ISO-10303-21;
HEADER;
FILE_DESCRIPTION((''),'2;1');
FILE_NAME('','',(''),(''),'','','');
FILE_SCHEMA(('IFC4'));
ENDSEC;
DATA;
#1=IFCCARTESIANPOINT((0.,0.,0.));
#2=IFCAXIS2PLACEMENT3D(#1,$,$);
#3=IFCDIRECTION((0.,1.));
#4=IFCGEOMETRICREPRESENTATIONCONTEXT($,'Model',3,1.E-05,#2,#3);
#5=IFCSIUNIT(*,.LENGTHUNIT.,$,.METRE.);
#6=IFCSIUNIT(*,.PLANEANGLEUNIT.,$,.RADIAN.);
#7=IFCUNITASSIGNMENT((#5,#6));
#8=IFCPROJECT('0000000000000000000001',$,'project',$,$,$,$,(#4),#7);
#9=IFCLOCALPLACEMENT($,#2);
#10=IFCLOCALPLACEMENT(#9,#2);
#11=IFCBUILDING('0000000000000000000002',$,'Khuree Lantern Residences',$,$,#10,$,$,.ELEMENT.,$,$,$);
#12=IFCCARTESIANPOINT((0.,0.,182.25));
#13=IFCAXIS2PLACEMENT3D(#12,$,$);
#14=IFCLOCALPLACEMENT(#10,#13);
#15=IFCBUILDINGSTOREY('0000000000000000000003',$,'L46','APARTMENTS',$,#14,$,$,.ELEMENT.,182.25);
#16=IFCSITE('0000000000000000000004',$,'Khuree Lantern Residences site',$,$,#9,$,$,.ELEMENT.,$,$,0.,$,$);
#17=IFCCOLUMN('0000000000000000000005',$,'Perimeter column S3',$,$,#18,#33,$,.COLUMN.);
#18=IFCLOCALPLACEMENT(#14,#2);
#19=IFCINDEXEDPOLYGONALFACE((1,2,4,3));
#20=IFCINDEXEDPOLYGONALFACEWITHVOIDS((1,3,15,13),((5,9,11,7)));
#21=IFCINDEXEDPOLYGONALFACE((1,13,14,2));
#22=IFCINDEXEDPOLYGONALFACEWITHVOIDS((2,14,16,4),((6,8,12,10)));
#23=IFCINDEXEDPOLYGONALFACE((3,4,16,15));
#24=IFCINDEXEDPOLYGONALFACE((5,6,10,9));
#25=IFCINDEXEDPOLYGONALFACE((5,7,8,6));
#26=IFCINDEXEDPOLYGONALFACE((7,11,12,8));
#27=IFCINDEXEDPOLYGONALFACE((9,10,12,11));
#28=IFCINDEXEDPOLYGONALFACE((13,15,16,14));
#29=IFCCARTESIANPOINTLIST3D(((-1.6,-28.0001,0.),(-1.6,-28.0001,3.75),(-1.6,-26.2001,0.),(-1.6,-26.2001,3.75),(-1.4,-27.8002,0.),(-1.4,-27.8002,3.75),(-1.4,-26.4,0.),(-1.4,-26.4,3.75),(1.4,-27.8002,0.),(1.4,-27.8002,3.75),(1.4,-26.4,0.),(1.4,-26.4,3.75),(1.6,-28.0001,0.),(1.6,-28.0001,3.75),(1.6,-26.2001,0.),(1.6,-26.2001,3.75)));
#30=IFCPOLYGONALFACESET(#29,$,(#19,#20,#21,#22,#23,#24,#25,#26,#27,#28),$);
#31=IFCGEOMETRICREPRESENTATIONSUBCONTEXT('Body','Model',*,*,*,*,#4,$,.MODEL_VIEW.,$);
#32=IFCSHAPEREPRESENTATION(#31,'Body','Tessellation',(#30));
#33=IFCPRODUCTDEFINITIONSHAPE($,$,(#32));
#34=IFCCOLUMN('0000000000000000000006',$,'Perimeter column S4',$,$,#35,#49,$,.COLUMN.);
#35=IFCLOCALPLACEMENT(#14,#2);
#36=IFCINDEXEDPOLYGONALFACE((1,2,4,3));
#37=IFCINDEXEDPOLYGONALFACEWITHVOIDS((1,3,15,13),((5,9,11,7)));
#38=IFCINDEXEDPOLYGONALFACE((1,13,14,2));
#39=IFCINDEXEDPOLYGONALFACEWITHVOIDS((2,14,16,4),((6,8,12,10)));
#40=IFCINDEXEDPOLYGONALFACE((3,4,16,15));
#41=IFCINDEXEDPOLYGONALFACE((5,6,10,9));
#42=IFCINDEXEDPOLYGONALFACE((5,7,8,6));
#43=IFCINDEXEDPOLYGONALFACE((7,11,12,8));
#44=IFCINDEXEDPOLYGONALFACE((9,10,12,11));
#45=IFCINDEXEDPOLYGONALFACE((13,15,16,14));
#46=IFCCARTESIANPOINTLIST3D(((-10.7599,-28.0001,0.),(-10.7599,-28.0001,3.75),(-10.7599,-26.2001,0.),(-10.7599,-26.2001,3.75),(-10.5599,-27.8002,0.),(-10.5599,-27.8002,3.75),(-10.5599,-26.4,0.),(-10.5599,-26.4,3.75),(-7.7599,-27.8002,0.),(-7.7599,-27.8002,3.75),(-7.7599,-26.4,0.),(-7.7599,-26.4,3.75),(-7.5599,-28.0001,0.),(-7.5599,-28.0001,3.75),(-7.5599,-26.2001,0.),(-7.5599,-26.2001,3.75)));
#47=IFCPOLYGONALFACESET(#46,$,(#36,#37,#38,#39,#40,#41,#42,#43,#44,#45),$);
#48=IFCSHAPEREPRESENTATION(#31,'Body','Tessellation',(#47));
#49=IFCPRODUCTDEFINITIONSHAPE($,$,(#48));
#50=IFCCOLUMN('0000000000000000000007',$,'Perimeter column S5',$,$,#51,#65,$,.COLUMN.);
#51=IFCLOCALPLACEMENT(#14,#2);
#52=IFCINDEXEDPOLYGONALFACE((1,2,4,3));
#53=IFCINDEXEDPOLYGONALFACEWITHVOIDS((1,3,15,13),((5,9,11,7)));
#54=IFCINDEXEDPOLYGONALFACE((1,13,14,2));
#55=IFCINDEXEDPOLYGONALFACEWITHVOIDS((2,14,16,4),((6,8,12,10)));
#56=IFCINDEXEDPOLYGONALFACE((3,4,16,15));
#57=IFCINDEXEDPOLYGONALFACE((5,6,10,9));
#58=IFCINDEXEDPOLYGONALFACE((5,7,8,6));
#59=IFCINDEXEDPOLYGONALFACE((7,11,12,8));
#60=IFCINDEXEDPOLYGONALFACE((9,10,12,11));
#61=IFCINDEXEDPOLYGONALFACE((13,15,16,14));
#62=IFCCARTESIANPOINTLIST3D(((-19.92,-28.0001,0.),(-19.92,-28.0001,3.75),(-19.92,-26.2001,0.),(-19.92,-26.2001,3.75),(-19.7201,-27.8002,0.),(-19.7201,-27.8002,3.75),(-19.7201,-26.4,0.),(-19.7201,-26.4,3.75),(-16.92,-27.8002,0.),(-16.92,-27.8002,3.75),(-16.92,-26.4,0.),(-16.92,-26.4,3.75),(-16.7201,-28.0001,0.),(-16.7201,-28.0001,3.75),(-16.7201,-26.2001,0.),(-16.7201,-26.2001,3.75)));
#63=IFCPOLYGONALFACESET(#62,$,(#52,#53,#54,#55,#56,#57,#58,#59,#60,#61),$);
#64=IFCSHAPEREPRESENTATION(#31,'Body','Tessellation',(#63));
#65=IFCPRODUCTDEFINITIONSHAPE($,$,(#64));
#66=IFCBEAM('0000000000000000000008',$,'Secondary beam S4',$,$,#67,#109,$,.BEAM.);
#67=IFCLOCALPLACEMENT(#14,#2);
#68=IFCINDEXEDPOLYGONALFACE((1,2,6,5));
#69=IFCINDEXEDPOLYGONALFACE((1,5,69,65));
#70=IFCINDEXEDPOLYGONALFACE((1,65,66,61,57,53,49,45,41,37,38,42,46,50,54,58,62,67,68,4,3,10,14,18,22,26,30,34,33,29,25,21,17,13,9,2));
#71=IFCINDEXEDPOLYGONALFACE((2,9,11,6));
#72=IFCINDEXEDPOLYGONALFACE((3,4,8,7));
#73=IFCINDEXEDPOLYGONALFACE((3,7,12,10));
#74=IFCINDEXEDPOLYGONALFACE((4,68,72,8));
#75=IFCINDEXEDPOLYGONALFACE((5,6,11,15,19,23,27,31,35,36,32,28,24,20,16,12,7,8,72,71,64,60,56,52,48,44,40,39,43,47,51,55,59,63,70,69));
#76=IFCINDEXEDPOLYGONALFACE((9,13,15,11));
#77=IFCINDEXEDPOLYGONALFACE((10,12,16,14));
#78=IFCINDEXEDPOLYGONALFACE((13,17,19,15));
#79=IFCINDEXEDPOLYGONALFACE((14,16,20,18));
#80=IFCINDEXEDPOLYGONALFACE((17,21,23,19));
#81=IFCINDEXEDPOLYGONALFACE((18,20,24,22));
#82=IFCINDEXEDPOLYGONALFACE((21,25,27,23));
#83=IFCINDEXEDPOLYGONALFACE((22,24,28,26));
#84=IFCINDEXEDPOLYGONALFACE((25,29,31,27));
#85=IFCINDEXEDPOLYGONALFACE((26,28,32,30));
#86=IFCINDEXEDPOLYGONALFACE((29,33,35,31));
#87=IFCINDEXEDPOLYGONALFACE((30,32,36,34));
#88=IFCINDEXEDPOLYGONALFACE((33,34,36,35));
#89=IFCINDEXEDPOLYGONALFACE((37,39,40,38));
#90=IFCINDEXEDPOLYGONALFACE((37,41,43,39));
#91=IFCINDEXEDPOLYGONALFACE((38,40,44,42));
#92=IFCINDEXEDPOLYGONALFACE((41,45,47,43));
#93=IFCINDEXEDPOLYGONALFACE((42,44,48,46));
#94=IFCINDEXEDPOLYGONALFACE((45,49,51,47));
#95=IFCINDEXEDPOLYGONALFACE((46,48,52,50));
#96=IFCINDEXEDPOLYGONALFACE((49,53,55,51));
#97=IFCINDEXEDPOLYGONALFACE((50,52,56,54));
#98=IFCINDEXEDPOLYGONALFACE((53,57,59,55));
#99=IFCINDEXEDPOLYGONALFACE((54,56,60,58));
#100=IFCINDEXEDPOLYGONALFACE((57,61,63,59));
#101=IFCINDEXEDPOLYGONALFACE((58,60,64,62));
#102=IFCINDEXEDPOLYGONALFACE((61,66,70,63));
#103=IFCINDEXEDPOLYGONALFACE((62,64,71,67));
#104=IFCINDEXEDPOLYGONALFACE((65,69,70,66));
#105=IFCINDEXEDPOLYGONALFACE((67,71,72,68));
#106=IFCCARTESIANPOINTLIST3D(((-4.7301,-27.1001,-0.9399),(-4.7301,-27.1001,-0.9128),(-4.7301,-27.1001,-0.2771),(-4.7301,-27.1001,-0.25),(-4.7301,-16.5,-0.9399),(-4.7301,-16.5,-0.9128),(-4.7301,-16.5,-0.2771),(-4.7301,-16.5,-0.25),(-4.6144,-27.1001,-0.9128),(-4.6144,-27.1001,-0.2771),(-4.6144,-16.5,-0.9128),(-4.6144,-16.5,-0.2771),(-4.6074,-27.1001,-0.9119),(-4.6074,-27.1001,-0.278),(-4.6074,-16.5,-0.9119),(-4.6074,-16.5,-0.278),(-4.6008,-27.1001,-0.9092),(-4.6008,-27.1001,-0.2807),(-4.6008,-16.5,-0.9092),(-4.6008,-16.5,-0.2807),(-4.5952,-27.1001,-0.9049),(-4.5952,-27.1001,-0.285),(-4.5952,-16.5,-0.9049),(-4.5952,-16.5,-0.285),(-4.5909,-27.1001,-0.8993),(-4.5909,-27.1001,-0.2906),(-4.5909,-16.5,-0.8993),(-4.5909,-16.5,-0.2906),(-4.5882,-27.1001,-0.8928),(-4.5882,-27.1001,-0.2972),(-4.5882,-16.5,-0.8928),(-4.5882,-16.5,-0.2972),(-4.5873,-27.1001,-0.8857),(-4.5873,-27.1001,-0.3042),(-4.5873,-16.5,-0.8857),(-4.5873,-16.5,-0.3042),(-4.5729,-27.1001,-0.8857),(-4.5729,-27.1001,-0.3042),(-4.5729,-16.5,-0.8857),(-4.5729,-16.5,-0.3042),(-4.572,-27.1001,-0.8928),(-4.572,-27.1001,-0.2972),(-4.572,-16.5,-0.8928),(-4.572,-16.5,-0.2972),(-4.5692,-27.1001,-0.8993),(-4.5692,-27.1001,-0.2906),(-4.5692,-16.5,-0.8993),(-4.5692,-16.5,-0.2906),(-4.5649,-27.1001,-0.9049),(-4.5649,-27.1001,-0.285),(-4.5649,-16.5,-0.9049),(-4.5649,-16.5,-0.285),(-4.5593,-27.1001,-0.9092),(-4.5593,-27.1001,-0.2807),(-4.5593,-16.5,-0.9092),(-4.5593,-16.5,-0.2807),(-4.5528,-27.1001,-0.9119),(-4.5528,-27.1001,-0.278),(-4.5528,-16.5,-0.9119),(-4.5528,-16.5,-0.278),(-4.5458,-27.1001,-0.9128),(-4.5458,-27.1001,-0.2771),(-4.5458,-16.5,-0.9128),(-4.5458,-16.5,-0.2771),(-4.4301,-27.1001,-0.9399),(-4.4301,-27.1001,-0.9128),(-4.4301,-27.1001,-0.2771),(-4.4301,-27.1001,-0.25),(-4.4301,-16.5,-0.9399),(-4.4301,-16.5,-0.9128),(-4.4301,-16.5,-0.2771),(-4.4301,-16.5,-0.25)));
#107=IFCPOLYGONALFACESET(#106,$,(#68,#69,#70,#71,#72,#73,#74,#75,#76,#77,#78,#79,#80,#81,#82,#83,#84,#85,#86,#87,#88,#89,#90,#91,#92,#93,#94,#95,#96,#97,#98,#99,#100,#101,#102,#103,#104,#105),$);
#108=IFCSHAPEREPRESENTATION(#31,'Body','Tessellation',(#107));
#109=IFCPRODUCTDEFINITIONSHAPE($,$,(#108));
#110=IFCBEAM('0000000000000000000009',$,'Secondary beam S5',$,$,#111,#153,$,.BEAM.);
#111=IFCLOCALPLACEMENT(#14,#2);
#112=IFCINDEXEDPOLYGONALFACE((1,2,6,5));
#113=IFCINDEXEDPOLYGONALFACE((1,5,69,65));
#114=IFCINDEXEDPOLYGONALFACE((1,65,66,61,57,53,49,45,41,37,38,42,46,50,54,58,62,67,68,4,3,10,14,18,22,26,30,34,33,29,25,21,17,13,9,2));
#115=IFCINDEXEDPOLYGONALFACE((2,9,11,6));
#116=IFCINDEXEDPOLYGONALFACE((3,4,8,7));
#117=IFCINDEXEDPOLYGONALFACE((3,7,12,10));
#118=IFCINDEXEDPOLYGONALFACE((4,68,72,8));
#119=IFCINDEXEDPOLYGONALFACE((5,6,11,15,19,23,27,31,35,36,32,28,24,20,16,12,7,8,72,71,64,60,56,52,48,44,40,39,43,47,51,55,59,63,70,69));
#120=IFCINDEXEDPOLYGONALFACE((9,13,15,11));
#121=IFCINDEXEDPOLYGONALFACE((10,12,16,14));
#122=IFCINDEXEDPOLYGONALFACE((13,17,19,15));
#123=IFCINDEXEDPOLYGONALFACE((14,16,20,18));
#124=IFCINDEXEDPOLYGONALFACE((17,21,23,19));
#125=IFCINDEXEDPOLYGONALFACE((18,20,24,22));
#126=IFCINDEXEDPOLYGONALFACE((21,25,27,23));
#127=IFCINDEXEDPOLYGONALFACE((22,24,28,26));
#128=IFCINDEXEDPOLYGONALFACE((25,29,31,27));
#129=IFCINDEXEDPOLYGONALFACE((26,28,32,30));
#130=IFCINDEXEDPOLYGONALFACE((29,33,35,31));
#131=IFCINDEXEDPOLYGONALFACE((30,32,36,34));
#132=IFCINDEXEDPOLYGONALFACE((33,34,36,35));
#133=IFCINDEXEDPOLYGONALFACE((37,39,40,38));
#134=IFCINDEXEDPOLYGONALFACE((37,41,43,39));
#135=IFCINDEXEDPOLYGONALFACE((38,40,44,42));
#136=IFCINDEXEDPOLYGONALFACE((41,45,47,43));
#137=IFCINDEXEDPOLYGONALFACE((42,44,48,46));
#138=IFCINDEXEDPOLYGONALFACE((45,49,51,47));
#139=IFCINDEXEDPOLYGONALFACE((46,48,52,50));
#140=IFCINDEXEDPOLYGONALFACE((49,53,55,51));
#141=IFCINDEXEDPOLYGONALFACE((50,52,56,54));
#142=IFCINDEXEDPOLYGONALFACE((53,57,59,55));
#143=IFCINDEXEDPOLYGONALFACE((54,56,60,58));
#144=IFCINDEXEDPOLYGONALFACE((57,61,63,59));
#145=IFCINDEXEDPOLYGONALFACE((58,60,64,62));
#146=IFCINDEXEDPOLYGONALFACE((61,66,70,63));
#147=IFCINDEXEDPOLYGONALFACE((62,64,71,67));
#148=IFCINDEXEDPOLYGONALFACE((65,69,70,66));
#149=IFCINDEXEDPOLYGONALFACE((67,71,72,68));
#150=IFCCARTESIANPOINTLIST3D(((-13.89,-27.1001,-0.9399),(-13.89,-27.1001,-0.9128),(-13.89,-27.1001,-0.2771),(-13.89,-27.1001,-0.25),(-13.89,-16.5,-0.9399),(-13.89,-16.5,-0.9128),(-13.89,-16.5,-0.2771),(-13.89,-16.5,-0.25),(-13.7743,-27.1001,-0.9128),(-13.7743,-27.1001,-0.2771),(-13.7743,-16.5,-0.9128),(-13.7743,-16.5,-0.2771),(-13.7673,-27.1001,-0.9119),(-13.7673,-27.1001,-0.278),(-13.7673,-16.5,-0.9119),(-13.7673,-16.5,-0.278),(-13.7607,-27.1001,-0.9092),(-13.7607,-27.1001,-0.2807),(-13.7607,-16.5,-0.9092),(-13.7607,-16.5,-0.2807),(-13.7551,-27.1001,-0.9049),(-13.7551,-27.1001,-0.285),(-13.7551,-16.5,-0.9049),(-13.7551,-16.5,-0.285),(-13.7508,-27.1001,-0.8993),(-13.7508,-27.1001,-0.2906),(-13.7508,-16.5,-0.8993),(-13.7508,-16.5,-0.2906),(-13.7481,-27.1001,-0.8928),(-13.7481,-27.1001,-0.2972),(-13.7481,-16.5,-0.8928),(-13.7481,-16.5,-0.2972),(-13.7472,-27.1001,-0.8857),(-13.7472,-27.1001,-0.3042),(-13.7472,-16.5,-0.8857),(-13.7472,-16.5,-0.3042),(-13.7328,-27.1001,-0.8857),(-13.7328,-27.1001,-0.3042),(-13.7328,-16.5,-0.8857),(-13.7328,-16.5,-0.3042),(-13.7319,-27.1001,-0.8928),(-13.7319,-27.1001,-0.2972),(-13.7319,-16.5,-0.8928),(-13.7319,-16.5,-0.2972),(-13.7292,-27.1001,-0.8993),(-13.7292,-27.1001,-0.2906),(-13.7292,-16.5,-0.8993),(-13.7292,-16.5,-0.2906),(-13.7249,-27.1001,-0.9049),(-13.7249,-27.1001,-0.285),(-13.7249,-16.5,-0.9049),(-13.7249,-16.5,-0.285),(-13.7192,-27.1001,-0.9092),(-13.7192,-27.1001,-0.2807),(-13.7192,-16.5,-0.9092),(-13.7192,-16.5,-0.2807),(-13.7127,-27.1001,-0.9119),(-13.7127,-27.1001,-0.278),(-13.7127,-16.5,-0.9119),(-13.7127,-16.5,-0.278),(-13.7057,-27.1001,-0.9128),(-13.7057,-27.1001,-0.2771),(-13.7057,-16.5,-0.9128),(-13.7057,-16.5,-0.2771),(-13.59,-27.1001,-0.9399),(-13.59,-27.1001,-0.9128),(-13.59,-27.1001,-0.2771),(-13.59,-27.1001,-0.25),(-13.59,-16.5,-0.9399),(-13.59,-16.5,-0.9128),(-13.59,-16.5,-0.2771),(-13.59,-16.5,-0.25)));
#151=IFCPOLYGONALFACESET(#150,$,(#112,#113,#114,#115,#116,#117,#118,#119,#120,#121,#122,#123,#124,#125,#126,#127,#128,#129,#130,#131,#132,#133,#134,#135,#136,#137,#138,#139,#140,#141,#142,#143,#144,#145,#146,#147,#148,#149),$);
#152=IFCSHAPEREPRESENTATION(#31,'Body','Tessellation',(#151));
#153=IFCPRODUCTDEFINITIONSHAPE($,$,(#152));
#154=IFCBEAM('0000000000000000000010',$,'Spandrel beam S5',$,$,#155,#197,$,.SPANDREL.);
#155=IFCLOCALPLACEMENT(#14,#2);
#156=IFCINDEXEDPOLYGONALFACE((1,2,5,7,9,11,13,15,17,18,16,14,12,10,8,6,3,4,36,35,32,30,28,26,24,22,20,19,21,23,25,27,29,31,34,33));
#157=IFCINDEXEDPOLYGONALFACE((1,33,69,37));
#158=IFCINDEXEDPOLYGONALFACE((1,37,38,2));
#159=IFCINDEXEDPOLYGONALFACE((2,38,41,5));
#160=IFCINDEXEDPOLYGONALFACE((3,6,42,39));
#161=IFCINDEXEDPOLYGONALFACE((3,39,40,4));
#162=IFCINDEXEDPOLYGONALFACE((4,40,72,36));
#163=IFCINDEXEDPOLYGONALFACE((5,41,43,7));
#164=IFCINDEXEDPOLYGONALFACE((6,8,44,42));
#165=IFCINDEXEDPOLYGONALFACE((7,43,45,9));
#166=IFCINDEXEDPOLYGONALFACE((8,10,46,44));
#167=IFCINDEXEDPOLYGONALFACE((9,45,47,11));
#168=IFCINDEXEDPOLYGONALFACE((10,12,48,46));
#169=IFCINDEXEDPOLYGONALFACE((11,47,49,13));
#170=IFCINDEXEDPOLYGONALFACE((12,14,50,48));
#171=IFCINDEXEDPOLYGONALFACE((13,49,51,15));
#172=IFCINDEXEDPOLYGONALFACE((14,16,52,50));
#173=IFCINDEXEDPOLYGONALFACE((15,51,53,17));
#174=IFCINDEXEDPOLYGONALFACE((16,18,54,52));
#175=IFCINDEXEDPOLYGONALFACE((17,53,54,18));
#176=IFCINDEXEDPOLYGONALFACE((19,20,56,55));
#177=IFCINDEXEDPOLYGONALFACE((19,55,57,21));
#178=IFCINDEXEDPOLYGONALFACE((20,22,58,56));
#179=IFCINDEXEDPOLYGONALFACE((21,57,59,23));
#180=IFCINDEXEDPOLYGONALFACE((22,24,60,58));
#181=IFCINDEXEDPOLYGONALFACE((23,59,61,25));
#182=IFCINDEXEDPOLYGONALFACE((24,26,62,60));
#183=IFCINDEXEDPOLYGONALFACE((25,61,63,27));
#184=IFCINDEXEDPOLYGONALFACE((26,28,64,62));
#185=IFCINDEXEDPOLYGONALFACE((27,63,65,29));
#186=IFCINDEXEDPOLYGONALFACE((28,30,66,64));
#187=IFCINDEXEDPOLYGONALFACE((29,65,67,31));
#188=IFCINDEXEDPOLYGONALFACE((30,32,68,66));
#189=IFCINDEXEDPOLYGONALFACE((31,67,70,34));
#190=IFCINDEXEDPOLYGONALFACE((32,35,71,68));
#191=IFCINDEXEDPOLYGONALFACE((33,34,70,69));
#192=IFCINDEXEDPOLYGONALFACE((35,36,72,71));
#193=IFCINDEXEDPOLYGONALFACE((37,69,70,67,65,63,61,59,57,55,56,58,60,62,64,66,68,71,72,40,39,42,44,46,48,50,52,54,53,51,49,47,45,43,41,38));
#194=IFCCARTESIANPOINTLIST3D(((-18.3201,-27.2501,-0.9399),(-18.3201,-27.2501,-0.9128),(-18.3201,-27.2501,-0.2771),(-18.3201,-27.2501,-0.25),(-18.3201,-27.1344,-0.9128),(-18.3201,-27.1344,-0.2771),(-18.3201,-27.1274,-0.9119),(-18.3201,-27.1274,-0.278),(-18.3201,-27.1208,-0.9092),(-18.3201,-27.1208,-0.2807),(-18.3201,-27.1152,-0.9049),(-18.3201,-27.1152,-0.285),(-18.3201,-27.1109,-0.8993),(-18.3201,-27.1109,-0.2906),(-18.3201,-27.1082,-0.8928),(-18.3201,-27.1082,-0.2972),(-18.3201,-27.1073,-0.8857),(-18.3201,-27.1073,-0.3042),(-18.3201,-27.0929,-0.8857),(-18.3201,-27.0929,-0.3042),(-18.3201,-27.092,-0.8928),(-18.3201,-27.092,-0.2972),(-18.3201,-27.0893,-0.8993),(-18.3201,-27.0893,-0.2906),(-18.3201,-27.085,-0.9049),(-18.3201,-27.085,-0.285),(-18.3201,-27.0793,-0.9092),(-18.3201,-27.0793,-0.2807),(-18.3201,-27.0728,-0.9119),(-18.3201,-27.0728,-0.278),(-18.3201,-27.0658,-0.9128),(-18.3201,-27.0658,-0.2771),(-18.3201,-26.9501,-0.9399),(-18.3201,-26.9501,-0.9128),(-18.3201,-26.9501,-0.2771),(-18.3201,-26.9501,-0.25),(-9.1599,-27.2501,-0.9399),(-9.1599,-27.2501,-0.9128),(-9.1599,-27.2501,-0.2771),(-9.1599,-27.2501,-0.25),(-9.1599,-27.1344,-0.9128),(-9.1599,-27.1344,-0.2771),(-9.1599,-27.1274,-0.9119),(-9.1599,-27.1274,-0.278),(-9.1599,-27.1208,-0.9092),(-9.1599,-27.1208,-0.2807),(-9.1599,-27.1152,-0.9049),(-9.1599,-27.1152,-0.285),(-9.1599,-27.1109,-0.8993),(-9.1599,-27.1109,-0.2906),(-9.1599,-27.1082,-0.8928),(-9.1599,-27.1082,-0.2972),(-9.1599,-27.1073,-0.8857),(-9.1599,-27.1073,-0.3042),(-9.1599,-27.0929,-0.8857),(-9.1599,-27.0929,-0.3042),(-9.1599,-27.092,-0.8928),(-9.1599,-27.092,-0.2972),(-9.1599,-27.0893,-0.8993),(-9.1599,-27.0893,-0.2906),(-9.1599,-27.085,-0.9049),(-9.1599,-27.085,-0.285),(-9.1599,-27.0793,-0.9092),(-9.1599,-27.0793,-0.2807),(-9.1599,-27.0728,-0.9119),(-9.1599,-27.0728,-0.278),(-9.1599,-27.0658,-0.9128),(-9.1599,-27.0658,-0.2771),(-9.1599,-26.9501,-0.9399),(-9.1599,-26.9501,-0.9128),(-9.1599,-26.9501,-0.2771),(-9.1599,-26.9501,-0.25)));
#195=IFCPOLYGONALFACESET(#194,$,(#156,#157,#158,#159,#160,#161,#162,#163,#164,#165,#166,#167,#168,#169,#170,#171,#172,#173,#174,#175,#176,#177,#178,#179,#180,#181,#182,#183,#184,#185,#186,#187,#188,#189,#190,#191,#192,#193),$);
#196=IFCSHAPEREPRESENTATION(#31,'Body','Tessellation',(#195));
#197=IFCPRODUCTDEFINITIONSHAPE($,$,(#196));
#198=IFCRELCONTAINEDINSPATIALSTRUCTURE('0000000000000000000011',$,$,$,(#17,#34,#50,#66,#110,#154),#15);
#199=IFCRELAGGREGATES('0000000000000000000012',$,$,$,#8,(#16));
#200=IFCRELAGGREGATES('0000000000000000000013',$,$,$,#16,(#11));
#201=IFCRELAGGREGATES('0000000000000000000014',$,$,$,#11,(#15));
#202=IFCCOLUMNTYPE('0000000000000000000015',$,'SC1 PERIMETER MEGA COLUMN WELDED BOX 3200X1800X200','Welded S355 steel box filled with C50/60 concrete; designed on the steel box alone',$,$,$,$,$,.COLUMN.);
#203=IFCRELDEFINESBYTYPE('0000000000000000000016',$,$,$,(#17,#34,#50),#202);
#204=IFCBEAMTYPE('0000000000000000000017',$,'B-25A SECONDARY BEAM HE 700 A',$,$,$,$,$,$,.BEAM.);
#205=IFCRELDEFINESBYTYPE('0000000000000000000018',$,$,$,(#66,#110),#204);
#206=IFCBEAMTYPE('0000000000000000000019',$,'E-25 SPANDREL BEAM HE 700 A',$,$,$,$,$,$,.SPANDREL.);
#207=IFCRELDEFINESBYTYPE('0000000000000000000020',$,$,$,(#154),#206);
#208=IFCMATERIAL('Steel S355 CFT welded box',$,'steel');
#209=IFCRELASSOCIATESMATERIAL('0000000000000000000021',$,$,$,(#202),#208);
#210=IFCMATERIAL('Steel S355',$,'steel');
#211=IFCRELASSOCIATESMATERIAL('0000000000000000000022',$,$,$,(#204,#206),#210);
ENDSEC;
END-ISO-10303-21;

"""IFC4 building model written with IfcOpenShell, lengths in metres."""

from ifc_helpers import new_model, si_unit, direction, frame, origin, origin_2d, place, context, subcontext, project, spatial, hollow_rectangle, i_section, extrude, material, material_profile, profile_set, type_object, element, save


model = new_model("IFC4")

# Units and contexts
model_context = context("Model", 3, precision=1e-05, world=origin(), true_north=direction((0.0, 1.0)))
body_context = subcontext(model_context, "Body", "Model", "MODEL_VIEW")
ifc_project = project(units=[si_unit("LENGTHUNIT", "METRE"), si_unit("PLANEANGLEUNIT", "RADIAN")], contexts=[model_context])

# Site, building, storey
site_placement = place(None, origin())
site = spatial("IfcSite", under=ifc_project, at=site_placement, Name="Khuree Lantern Residences site", CompositionType="ELEMENT", RefElevation=0.0)
building_placement = place(site_placement, origin())
building = spatial("IfcBuilding", under=site, at=building_placement, Name="Khuree Lantern Residences", CompositionType="ELEMENT")
storey_placement = place(building_placement, frame((0.0, 0.0, 182.25)))
storey = spatial("IfcBuildingStorey", under=building, at=storey_placement, Name="L46", Description="APARTMENTS", CompositionType="ELEMENT", Elevation=182.25)

# Columns
ifc_material_1 = material(Name="Steel S355 CFT welded box", Category="steel")
ifc_material_profile_1 = material_profile(ifc_material_1, hollow_rectangle(XDim=3.2, YDim=1.8, WallThickness=0.2, at=origin_2d()), Name="WELDED BOX 3200X1800X200")
ifc_profile_set_1 = profile_set([ifc_material_profile_1], Name="Steel S355 CFT welded box")
column_type = type_object("IfcColumnType", Name="SC1 PERIMETER MEGA COLUMN WELDED BOX 3200X1800X200", Description="Welded S355 steel box filled with C50/60 concrete; designed on the steel box alone", PredefinedType="COLUMN", material=ifc_profile_set_1)
for number, where, z_axis, x_axis, name in (
    (1, (0.0, -27.1001, 0.0), (0.0, 0.0, 1.0), (1.0, 0.0, 0.0), "Perimeter column S3"),
    (2, (-9.1599, -27.1001, 0.0), (0.0, 0.0, 1.0), (1.0, 0.0, 0.0), "Perimeter column S4"),
    (3, (-18.3201, -27.1001, 0.0), (0.0, 0.0, 1.0), (1.0, 0.0, 0.0), "Perimeter column S5"),
):
    element("IfcColumn", number, at=place(storey_placement, frame(where, z_axis=z_axis, x_axis=x_axis)), inside=storey, type_object=column_type, Name=name, PredefinedType="COLUMN", context=body_context, shape_type="SweptSolid", body=[
        extrude(hollow_rectangle(XDim=3.2, YDim=1.8, WallThickness=0.2, at=origin_2d()), origin(), (0.0, 0.0, 1.0), 3.75),
    ])

# Beams
ifc_material_2 = material(Name="Steel S355", Category="steel")
ifc_material_profile_2 = material_profile(ifc_material_2, i_section(OverallWidth=0.3, OverallDepth=0.6899, WebThickness=0.0144, FlangeThickness=0.0271, FilletRadius=0.0271, at=origin_2d()), Name="HE 700 A")
ifc_profile_set_2 = profile_set([ifc_material_profile_2], Name="Steel S355")
beam_type_1 = type_object("IfcBeamType", Name="B-25A SECONDARY BEAM HE 700 A", PredefinedType="BEAM", material=ifc_profile_set_2)
for number, where, z_axis, x_axis, name in (
    (4, (-4.5801, -27.1001, -0.595), (0.0, 1.0, 0.0), (-1.0, 0.0, 0.0), "Secondary beam S4"),
    (5, (-13.74, -27.1001, -0.595), (0.0, 1.0, 0.0), (-1.0, 0.0, 0.0), "Secondary beam S5"),
):
    element("IfcBeam", number, at=place(storey_placement, frame(where, z_axis=z_axis, x_axis=x_axis)), inside=storey, type_object=beam_type_1, Name=name, PredefinedType="BEAM", context=body_context, shape_type="SweptSolid", body=[
        extrude(i_section(OverallWidth=0.3, OverallDepth=0.6899, WebThickness=0.0144, FlangeThickness=0.0271, FilletRadius=0.0271, at=origin_2d()), origin(), (0.0, 0.0, 1.0), 10.6001),
    ])
ifc_material_profile_3 = material_profile(ifc_material_2, i_section(OverallWidth=0.3, OverallDepth=0.6899, WebThickness=0.0144, FlangeThickness=0.0271, FilletRadius=0.0271, at=origin_2d()), Name="HE 700 A")
ifc_profile_set_3 = profile_set([ifc_material_profile_3], Name="Steel S355")
beam_type_2 = type_object("IfcBeamType", Name="E-25 SPANDREL BEAM HE 700 A", PredefinedType="SPANDREL", material=ifc_profile_set_3)
beam_1_placement = place(storey_placement, frame((-9.1599, -27.1001, -0.595), z_axis=(-1.0, 0.0, 0.0), x_axis=(0.0, -1.0, 0.0)))
element("IfcBeam", 6, at=beam_1_placement, inside=storey, type_object=beam_type_2, Name="Spandrel beam S5", PredefinedType="SPANDREL", context=body_context, shape_type="SweptSolid", body=[
    extrude(i_section(OverallWidth=0.3, OverallDepth=0.6899, WebThickness=0.0144, FlangeThickness=0.0271, FilletRadius=0.0271, at=origin_2d()), origin(), (0.0, 0.0, 1.0), 9.1602),
])

save(model, "model.ifc")
